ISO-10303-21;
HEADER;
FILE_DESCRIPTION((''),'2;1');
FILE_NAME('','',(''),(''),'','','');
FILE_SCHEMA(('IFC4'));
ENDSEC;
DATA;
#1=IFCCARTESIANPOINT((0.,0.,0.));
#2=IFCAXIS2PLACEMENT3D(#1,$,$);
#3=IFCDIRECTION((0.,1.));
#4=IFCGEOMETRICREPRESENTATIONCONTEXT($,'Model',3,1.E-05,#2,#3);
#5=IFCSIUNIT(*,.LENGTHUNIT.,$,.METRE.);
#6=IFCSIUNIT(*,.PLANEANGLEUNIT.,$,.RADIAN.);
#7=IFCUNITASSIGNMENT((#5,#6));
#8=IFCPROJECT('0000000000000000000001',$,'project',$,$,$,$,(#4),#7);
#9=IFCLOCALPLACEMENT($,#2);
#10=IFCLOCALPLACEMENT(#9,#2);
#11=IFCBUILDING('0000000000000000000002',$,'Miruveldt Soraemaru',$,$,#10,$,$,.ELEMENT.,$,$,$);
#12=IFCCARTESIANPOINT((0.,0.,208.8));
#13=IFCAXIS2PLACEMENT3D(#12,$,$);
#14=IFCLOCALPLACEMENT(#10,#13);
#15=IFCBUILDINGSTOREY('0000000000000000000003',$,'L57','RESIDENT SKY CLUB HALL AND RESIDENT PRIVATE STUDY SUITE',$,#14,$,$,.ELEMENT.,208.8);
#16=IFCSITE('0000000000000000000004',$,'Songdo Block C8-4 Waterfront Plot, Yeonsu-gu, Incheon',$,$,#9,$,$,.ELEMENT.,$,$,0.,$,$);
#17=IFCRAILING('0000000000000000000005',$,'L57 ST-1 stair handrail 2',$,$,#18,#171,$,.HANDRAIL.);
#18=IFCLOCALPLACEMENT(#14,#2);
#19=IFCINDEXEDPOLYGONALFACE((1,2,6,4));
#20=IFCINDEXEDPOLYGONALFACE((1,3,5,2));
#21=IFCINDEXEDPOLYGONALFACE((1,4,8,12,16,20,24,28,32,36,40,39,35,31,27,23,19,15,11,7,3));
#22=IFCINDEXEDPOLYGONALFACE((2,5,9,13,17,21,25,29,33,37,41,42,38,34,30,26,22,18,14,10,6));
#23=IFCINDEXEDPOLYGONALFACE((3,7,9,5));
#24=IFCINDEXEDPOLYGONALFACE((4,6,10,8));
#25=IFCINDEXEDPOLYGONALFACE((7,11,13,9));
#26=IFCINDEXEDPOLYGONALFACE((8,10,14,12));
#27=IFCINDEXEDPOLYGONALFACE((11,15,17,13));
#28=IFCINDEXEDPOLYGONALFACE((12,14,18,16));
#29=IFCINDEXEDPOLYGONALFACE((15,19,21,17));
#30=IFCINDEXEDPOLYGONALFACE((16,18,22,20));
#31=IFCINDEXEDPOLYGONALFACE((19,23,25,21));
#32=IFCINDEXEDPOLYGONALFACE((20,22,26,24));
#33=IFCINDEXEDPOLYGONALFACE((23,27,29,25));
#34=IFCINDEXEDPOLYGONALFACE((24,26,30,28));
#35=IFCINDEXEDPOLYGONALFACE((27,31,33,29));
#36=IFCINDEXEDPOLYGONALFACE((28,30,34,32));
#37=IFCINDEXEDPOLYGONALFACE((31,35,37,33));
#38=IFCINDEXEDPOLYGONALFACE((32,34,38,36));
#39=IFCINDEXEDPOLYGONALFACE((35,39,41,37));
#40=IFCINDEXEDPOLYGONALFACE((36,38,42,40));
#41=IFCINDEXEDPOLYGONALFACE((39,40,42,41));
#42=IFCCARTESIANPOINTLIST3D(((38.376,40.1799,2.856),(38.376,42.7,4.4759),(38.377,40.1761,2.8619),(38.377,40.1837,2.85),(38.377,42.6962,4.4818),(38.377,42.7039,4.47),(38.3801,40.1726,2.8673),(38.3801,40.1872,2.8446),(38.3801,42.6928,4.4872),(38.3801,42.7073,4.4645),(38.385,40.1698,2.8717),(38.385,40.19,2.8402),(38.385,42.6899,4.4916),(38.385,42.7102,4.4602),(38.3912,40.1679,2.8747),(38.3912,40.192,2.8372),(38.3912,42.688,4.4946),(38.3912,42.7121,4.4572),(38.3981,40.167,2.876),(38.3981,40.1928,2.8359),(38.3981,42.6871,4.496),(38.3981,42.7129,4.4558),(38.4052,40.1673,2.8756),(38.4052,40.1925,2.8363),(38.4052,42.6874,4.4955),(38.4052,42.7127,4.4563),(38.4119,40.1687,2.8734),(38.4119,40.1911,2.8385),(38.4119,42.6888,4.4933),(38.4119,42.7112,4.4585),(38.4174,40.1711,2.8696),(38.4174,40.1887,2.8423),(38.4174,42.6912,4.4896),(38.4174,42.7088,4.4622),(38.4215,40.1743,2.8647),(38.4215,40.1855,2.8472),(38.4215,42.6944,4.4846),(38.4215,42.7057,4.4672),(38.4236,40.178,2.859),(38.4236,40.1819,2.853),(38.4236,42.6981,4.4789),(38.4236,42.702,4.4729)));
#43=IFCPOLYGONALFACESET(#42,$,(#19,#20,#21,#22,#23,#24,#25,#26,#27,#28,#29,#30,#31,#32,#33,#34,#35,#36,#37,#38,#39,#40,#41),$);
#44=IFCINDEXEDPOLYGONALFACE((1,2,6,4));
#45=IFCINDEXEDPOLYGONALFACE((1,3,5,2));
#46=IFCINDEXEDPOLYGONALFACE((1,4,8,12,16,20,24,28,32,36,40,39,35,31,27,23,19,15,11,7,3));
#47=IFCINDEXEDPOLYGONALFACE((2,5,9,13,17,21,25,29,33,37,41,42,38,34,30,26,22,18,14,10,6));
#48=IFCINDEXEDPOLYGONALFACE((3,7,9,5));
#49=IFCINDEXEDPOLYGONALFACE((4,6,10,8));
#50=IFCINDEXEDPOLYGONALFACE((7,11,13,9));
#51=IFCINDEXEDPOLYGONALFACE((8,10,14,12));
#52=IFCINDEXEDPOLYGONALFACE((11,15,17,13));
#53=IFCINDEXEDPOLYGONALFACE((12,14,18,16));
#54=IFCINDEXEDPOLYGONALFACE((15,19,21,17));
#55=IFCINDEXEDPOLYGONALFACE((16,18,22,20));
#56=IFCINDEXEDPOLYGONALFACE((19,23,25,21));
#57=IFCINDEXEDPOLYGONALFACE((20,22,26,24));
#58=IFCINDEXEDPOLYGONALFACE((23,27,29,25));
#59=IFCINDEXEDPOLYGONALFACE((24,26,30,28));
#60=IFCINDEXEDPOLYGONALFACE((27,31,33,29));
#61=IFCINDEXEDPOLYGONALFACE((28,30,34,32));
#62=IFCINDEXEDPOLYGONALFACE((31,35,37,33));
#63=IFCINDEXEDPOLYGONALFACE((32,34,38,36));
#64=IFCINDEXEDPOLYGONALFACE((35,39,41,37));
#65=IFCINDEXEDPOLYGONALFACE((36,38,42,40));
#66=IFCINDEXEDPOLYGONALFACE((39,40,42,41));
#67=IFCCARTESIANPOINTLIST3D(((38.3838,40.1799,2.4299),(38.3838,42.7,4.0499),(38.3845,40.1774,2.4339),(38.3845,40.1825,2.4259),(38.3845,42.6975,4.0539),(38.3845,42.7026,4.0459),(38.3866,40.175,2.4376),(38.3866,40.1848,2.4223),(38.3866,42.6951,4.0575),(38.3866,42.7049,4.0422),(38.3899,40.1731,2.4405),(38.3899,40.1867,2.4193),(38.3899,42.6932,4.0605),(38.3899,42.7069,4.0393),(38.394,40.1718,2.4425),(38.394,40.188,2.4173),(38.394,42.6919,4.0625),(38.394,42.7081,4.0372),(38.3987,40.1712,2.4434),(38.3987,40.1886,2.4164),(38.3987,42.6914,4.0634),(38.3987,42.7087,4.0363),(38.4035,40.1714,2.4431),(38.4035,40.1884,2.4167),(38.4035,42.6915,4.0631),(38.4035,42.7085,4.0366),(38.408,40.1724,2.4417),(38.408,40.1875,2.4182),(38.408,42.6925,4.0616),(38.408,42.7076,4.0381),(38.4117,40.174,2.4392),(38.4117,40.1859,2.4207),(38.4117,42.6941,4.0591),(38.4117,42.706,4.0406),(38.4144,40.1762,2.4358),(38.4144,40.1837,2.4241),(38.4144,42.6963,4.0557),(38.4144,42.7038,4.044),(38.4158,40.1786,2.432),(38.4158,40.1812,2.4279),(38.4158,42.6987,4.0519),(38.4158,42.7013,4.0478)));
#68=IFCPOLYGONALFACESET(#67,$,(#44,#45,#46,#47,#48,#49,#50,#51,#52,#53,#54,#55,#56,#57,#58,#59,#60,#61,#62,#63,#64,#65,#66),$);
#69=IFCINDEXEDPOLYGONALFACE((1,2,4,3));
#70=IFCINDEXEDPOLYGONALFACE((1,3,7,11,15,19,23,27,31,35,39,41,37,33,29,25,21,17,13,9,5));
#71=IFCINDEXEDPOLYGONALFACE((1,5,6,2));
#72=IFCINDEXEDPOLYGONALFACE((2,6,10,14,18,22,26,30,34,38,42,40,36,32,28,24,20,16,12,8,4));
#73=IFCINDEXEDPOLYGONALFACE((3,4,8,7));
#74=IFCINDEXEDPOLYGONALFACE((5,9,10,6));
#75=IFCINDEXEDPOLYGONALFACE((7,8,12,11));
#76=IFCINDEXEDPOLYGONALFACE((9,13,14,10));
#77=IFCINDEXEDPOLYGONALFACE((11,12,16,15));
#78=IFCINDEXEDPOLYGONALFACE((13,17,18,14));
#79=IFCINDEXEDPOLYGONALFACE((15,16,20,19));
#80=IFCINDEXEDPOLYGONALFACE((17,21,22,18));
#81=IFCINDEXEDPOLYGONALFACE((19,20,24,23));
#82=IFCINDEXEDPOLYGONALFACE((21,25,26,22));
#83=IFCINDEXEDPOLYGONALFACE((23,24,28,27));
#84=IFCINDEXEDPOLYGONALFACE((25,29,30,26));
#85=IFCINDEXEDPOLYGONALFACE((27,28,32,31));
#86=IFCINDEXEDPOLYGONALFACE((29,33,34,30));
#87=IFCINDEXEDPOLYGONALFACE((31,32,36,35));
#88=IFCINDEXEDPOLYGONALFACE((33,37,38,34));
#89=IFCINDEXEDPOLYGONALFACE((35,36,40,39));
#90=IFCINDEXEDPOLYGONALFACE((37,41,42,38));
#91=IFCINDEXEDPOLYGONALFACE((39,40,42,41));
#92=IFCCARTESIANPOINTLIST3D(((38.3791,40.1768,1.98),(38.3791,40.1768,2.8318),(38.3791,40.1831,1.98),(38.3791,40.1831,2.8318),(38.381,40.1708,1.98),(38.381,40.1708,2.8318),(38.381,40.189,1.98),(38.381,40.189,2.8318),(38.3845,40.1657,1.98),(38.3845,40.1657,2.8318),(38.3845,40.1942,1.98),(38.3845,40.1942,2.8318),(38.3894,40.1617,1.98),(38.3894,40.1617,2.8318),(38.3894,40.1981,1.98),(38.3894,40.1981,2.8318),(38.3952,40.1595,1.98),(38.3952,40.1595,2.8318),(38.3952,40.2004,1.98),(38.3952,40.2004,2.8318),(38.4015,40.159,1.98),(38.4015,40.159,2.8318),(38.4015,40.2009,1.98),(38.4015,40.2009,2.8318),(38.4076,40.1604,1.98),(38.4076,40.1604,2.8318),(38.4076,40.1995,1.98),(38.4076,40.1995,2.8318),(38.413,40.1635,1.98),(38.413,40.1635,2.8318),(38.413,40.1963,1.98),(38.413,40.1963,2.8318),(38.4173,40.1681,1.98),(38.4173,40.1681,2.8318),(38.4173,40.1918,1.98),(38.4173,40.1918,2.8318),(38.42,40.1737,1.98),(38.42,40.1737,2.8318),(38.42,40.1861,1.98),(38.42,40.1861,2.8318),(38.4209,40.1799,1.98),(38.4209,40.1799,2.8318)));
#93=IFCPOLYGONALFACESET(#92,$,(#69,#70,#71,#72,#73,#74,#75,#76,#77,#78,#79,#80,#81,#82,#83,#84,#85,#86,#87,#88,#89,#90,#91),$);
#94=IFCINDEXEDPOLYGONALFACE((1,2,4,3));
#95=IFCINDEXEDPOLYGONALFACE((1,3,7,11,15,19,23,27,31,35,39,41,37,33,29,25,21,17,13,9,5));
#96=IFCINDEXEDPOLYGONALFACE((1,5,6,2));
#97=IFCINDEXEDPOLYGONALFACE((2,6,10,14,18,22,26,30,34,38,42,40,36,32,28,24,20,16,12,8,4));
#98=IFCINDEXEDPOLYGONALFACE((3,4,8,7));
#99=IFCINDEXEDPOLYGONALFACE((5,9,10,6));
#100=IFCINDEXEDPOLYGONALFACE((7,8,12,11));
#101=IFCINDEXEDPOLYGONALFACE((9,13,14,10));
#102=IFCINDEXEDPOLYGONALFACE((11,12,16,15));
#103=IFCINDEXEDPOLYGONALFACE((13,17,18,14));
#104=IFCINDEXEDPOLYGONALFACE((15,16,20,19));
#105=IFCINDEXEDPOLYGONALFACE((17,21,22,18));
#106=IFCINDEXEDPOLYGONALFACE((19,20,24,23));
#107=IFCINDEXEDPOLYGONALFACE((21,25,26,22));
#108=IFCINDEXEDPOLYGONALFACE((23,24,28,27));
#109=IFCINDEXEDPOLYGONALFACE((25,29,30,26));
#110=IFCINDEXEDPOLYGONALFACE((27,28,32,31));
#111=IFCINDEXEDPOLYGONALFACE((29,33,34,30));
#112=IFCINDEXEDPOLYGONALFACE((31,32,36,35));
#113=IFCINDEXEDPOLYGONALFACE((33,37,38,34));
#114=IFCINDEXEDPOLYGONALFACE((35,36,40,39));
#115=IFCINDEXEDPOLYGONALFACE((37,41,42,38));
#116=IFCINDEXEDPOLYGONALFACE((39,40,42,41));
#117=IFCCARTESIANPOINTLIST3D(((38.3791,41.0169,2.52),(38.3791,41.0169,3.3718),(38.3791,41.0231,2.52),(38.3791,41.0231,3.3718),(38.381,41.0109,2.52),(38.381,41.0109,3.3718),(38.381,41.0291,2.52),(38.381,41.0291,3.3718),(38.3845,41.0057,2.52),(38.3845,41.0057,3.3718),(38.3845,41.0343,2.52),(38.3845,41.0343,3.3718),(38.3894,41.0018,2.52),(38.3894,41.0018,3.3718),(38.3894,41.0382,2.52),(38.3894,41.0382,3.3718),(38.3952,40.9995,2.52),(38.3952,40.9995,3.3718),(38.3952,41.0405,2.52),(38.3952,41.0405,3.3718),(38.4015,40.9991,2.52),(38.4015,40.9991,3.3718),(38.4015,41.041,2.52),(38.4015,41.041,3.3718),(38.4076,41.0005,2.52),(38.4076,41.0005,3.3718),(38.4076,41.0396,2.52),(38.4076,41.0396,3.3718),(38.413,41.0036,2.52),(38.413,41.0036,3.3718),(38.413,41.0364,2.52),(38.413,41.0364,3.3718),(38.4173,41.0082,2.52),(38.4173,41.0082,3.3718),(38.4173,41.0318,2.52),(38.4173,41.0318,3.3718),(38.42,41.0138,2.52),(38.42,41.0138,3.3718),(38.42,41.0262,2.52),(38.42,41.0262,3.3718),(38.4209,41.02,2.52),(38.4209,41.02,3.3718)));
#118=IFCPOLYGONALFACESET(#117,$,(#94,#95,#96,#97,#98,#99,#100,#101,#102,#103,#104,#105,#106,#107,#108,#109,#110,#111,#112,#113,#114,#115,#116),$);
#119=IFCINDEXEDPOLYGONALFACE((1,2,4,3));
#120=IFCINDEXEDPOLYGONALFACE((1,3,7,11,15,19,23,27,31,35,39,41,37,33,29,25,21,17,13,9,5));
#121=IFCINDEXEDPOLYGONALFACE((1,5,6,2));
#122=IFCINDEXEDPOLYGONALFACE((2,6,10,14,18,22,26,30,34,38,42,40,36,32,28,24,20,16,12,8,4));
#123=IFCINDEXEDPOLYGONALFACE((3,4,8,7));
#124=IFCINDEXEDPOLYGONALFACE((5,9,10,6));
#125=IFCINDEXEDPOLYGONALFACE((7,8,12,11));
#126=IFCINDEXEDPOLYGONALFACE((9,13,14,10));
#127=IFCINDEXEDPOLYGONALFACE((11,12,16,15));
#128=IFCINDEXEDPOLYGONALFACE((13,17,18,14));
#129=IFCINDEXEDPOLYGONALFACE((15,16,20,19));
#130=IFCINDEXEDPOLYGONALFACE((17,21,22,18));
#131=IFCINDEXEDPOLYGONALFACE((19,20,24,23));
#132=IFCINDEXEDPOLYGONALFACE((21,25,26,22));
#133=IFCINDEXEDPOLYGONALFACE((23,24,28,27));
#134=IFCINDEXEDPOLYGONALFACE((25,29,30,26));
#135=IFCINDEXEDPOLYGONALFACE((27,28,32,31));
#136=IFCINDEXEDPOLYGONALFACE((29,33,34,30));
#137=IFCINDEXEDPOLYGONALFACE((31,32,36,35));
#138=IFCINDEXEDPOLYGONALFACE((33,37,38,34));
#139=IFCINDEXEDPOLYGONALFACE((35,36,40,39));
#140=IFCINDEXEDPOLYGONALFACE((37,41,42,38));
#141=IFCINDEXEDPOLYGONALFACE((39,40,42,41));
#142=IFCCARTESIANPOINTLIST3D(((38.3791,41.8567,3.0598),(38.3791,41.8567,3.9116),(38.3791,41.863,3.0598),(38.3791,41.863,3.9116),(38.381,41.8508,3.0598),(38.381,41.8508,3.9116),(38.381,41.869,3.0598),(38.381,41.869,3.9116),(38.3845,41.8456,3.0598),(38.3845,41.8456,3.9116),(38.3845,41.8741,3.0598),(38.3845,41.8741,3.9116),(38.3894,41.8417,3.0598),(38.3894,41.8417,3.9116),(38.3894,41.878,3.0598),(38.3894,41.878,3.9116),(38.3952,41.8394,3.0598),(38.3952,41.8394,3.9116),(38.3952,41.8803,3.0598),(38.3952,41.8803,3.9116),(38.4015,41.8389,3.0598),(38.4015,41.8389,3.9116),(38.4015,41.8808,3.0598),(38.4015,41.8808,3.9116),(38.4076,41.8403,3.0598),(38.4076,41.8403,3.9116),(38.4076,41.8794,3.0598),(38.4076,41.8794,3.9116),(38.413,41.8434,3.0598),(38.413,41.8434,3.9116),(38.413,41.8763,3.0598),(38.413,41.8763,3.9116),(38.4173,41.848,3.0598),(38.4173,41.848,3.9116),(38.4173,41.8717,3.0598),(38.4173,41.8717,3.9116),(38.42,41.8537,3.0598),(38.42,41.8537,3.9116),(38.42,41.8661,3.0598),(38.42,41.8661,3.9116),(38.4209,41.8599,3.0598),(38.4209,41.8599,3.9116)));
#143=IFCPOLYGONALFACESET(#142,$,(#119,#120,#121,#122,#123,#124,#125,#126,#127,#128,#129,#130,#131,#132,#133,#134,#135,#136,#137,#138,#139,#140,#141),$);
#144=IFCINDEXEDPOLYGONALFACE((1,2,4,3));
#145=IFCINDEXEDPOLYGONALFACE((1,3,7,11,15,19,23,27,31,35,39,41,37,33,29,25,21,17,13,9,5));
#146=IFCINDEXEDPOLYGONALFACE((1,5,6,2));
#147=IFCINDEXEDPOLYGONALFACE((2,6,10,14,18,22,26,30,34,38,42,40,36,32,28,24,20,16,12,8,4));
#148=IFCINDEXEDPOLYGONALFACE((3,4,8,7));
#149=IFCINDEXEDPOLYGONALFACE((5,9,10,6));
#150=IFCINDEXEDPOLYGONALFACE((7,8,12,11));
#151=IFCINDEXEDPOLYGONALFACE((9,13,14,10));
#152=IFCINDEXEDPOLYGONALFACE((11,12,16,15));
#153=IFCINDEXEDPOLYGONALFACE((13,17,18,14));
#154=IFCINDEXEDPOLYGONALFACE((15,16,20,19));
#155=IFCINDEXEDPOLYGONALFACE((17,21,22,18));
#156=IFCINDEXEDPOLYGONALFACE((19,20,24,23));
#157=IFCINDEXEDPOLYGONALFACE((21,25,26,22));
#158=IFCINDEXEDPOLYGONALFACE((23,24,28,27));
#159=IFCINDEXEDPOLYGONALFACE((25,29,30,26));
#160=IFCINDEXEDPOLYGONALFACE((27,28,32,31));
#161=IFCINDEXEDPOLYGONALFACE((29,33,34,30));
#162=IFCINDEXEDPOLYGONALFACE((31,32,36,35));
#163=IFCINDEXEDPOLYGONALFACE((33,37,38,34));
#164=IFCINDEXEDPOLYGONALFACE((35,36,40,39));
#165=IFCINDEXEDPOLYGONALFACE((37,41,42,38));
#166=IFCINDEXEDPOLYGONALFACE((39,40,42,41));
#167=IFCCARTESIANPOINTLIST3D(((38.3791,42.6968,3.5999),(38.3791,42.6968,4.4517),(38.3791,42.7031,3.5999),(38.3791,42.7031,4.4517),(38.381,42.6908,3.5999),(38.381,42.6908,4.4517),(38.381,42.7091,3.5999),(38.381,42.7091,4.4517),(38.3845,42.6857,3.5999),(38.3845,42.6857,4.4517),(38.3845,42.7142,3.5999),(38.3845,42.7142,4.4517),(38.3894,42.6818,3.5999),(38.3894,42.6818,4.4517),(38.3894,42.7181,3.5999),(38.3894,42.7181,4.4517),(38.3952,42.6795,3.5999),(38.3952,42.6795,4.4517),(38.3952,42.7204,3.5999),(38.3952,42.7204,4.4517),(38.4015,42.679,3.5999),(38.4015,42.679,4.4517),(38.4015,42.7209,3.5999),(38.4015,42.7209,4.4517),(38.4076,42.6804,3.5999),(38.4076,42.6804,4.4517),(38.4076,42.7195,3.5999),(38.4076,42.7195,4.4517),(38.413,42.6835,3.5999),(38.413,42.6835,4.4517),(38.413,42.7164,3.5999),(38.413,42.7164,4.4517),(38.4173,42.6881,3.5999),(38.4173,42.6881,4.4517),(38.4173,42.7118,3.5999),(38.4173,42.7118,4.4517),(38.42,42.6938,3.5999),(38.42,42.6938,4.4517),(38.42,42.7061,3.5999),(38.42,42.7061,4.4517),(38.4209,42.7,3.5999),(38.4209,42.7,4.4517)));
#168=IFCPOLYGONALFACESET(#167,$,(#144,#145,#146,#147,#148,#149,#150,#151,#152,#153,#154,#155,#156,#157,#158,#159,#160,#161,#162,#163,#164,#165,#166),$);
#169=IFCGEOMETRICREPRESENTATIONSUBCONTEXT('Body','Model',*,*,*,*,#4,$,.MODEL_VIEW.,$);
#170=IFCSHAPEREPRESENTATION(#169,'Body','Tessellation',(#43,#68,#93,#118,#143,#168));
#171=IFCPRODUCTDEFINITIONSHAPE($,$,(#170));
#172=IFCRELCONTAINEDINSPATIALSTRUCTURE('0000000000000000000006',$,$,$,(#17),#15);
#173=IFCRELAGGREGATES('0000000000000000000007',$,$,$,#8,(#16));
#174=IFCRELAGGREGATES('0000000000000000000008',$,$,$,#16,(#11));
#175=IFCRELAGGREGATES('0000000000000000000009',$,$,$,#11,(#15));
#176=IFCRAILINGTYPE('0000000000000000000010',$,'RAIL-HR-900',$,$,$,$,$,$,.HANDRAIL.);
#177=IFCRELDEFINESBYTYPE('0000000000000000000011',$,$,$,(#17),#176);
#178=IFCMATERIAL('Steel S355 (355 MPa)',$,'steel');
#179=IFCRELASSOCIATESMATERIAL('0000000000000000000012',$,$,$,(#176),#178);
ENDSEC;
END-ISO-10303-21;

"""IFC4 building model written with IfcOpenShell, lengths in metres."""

from ifc_helpers import new_model, si_unit, direction, frame, origin, origin_2d, place, context, subcontext, project, spatial, circle, extrude, material, type_object, element, save


model = new_model("IFC4")

# Units and contexts
model_context = context("Model", 3, precision=1e-05, world=origin(), true_north=direction((0.0, 1.0)))
body_context = subcontext(model_context, "Body", "Model", "MODEL_VIEW")
ifc_project = project(units=[si_unit("LENGTHUNIT", "METRE"), si_unit("PLANEANGLEUNIT", "RADIAN")], contexts=[model_context])

# Site, building, storey
site_placement = place(None, origin())
site = spatial("IfcSite", under=ifc_project, at=site_placement, Name="Songdo Block C8-4 Waterfront Plot, Yeonsu-gu, Incheon", CompositionType="ELEMENT", RefElevation=0.0)
building_placement = place(site_placement, origin())
building = spatial("IfcBuilding", under=site, at=building_placement, Name="Miruveldt Soraemaru", CompositionType="ELEMENT")
storey_placement = place(building_placement, frame((0.0, 0.0, 208.8)))
storey = spatial("IfcBuildingStorey", under=building, at=storey_placement, Name="L57", Description="RESIDENT SKY CLUB HALL AND RESIDENT PRIVATE STUDY SUITE", CompositionType="ELEMENT", Elevation=208.8)

# Railing
ifc_material_1 = material(Name="Steel S355 (355 MPa)", Category="steel")
railing_type_1 = type_object("IfcRailingType", Name="RAIL-HR-900", PredefinedType="HANDRAIL", material=ifc_material_1)
railing_1_placement = place(storey_placement, frame((38.3999, 40.1799, 1.98)))
element("IfcRailing", 1, at=railing_1_placement, inside=storey, type_object=railing_type_1, Name="L57 ST-1 stair handrail 2", PredefinedType="HANDRAIL", context=body_context, shape_type="SweptSolid", body=[
    extrude(circle(Radius=0.0239, at=origin_2d()), frame((0.0, 0.0, 0.876), z_axis=(0.0, 0.8412, 0.540725), x_axis=(-1.0, 0.0, 0.0)), (0.0, 0.0, 1.0), 2.9958),
    extrude(circle(Radius=0.0161, at=origin_2d()), frame((0.0, 0.0, 0.45), z_axis=(0.0, 0.8412, 0.540725), x_axis=(-1.0, 0.0, 0.0)), (0.0, 0.0, 1.0), 2.9958),
    extrude(circle(Radius=0.021, at=origin_2d()), origin(), (0.0, 0.0, 1.0), 0.8518),
    extrude(circle(Radius=0.021, at=origin_2d()), frame((0.0, 0.8401, 0.54)), (0.0, 0.0, 1.0), 0.8518),
    extrude(circle(Radius=0.021, at=origin_2d()), frame((0.0, 1.6799, 1.0798)), (0.0, 0.0, 1.0), 0.8518),
    extrude(circle(Radius=0.021, at=origin_2d()), frame((0.0, 2.52, 1.6199)), (0.0, 0.0, 1.0), 0.8518),
])

save(model, "model.ifc")
